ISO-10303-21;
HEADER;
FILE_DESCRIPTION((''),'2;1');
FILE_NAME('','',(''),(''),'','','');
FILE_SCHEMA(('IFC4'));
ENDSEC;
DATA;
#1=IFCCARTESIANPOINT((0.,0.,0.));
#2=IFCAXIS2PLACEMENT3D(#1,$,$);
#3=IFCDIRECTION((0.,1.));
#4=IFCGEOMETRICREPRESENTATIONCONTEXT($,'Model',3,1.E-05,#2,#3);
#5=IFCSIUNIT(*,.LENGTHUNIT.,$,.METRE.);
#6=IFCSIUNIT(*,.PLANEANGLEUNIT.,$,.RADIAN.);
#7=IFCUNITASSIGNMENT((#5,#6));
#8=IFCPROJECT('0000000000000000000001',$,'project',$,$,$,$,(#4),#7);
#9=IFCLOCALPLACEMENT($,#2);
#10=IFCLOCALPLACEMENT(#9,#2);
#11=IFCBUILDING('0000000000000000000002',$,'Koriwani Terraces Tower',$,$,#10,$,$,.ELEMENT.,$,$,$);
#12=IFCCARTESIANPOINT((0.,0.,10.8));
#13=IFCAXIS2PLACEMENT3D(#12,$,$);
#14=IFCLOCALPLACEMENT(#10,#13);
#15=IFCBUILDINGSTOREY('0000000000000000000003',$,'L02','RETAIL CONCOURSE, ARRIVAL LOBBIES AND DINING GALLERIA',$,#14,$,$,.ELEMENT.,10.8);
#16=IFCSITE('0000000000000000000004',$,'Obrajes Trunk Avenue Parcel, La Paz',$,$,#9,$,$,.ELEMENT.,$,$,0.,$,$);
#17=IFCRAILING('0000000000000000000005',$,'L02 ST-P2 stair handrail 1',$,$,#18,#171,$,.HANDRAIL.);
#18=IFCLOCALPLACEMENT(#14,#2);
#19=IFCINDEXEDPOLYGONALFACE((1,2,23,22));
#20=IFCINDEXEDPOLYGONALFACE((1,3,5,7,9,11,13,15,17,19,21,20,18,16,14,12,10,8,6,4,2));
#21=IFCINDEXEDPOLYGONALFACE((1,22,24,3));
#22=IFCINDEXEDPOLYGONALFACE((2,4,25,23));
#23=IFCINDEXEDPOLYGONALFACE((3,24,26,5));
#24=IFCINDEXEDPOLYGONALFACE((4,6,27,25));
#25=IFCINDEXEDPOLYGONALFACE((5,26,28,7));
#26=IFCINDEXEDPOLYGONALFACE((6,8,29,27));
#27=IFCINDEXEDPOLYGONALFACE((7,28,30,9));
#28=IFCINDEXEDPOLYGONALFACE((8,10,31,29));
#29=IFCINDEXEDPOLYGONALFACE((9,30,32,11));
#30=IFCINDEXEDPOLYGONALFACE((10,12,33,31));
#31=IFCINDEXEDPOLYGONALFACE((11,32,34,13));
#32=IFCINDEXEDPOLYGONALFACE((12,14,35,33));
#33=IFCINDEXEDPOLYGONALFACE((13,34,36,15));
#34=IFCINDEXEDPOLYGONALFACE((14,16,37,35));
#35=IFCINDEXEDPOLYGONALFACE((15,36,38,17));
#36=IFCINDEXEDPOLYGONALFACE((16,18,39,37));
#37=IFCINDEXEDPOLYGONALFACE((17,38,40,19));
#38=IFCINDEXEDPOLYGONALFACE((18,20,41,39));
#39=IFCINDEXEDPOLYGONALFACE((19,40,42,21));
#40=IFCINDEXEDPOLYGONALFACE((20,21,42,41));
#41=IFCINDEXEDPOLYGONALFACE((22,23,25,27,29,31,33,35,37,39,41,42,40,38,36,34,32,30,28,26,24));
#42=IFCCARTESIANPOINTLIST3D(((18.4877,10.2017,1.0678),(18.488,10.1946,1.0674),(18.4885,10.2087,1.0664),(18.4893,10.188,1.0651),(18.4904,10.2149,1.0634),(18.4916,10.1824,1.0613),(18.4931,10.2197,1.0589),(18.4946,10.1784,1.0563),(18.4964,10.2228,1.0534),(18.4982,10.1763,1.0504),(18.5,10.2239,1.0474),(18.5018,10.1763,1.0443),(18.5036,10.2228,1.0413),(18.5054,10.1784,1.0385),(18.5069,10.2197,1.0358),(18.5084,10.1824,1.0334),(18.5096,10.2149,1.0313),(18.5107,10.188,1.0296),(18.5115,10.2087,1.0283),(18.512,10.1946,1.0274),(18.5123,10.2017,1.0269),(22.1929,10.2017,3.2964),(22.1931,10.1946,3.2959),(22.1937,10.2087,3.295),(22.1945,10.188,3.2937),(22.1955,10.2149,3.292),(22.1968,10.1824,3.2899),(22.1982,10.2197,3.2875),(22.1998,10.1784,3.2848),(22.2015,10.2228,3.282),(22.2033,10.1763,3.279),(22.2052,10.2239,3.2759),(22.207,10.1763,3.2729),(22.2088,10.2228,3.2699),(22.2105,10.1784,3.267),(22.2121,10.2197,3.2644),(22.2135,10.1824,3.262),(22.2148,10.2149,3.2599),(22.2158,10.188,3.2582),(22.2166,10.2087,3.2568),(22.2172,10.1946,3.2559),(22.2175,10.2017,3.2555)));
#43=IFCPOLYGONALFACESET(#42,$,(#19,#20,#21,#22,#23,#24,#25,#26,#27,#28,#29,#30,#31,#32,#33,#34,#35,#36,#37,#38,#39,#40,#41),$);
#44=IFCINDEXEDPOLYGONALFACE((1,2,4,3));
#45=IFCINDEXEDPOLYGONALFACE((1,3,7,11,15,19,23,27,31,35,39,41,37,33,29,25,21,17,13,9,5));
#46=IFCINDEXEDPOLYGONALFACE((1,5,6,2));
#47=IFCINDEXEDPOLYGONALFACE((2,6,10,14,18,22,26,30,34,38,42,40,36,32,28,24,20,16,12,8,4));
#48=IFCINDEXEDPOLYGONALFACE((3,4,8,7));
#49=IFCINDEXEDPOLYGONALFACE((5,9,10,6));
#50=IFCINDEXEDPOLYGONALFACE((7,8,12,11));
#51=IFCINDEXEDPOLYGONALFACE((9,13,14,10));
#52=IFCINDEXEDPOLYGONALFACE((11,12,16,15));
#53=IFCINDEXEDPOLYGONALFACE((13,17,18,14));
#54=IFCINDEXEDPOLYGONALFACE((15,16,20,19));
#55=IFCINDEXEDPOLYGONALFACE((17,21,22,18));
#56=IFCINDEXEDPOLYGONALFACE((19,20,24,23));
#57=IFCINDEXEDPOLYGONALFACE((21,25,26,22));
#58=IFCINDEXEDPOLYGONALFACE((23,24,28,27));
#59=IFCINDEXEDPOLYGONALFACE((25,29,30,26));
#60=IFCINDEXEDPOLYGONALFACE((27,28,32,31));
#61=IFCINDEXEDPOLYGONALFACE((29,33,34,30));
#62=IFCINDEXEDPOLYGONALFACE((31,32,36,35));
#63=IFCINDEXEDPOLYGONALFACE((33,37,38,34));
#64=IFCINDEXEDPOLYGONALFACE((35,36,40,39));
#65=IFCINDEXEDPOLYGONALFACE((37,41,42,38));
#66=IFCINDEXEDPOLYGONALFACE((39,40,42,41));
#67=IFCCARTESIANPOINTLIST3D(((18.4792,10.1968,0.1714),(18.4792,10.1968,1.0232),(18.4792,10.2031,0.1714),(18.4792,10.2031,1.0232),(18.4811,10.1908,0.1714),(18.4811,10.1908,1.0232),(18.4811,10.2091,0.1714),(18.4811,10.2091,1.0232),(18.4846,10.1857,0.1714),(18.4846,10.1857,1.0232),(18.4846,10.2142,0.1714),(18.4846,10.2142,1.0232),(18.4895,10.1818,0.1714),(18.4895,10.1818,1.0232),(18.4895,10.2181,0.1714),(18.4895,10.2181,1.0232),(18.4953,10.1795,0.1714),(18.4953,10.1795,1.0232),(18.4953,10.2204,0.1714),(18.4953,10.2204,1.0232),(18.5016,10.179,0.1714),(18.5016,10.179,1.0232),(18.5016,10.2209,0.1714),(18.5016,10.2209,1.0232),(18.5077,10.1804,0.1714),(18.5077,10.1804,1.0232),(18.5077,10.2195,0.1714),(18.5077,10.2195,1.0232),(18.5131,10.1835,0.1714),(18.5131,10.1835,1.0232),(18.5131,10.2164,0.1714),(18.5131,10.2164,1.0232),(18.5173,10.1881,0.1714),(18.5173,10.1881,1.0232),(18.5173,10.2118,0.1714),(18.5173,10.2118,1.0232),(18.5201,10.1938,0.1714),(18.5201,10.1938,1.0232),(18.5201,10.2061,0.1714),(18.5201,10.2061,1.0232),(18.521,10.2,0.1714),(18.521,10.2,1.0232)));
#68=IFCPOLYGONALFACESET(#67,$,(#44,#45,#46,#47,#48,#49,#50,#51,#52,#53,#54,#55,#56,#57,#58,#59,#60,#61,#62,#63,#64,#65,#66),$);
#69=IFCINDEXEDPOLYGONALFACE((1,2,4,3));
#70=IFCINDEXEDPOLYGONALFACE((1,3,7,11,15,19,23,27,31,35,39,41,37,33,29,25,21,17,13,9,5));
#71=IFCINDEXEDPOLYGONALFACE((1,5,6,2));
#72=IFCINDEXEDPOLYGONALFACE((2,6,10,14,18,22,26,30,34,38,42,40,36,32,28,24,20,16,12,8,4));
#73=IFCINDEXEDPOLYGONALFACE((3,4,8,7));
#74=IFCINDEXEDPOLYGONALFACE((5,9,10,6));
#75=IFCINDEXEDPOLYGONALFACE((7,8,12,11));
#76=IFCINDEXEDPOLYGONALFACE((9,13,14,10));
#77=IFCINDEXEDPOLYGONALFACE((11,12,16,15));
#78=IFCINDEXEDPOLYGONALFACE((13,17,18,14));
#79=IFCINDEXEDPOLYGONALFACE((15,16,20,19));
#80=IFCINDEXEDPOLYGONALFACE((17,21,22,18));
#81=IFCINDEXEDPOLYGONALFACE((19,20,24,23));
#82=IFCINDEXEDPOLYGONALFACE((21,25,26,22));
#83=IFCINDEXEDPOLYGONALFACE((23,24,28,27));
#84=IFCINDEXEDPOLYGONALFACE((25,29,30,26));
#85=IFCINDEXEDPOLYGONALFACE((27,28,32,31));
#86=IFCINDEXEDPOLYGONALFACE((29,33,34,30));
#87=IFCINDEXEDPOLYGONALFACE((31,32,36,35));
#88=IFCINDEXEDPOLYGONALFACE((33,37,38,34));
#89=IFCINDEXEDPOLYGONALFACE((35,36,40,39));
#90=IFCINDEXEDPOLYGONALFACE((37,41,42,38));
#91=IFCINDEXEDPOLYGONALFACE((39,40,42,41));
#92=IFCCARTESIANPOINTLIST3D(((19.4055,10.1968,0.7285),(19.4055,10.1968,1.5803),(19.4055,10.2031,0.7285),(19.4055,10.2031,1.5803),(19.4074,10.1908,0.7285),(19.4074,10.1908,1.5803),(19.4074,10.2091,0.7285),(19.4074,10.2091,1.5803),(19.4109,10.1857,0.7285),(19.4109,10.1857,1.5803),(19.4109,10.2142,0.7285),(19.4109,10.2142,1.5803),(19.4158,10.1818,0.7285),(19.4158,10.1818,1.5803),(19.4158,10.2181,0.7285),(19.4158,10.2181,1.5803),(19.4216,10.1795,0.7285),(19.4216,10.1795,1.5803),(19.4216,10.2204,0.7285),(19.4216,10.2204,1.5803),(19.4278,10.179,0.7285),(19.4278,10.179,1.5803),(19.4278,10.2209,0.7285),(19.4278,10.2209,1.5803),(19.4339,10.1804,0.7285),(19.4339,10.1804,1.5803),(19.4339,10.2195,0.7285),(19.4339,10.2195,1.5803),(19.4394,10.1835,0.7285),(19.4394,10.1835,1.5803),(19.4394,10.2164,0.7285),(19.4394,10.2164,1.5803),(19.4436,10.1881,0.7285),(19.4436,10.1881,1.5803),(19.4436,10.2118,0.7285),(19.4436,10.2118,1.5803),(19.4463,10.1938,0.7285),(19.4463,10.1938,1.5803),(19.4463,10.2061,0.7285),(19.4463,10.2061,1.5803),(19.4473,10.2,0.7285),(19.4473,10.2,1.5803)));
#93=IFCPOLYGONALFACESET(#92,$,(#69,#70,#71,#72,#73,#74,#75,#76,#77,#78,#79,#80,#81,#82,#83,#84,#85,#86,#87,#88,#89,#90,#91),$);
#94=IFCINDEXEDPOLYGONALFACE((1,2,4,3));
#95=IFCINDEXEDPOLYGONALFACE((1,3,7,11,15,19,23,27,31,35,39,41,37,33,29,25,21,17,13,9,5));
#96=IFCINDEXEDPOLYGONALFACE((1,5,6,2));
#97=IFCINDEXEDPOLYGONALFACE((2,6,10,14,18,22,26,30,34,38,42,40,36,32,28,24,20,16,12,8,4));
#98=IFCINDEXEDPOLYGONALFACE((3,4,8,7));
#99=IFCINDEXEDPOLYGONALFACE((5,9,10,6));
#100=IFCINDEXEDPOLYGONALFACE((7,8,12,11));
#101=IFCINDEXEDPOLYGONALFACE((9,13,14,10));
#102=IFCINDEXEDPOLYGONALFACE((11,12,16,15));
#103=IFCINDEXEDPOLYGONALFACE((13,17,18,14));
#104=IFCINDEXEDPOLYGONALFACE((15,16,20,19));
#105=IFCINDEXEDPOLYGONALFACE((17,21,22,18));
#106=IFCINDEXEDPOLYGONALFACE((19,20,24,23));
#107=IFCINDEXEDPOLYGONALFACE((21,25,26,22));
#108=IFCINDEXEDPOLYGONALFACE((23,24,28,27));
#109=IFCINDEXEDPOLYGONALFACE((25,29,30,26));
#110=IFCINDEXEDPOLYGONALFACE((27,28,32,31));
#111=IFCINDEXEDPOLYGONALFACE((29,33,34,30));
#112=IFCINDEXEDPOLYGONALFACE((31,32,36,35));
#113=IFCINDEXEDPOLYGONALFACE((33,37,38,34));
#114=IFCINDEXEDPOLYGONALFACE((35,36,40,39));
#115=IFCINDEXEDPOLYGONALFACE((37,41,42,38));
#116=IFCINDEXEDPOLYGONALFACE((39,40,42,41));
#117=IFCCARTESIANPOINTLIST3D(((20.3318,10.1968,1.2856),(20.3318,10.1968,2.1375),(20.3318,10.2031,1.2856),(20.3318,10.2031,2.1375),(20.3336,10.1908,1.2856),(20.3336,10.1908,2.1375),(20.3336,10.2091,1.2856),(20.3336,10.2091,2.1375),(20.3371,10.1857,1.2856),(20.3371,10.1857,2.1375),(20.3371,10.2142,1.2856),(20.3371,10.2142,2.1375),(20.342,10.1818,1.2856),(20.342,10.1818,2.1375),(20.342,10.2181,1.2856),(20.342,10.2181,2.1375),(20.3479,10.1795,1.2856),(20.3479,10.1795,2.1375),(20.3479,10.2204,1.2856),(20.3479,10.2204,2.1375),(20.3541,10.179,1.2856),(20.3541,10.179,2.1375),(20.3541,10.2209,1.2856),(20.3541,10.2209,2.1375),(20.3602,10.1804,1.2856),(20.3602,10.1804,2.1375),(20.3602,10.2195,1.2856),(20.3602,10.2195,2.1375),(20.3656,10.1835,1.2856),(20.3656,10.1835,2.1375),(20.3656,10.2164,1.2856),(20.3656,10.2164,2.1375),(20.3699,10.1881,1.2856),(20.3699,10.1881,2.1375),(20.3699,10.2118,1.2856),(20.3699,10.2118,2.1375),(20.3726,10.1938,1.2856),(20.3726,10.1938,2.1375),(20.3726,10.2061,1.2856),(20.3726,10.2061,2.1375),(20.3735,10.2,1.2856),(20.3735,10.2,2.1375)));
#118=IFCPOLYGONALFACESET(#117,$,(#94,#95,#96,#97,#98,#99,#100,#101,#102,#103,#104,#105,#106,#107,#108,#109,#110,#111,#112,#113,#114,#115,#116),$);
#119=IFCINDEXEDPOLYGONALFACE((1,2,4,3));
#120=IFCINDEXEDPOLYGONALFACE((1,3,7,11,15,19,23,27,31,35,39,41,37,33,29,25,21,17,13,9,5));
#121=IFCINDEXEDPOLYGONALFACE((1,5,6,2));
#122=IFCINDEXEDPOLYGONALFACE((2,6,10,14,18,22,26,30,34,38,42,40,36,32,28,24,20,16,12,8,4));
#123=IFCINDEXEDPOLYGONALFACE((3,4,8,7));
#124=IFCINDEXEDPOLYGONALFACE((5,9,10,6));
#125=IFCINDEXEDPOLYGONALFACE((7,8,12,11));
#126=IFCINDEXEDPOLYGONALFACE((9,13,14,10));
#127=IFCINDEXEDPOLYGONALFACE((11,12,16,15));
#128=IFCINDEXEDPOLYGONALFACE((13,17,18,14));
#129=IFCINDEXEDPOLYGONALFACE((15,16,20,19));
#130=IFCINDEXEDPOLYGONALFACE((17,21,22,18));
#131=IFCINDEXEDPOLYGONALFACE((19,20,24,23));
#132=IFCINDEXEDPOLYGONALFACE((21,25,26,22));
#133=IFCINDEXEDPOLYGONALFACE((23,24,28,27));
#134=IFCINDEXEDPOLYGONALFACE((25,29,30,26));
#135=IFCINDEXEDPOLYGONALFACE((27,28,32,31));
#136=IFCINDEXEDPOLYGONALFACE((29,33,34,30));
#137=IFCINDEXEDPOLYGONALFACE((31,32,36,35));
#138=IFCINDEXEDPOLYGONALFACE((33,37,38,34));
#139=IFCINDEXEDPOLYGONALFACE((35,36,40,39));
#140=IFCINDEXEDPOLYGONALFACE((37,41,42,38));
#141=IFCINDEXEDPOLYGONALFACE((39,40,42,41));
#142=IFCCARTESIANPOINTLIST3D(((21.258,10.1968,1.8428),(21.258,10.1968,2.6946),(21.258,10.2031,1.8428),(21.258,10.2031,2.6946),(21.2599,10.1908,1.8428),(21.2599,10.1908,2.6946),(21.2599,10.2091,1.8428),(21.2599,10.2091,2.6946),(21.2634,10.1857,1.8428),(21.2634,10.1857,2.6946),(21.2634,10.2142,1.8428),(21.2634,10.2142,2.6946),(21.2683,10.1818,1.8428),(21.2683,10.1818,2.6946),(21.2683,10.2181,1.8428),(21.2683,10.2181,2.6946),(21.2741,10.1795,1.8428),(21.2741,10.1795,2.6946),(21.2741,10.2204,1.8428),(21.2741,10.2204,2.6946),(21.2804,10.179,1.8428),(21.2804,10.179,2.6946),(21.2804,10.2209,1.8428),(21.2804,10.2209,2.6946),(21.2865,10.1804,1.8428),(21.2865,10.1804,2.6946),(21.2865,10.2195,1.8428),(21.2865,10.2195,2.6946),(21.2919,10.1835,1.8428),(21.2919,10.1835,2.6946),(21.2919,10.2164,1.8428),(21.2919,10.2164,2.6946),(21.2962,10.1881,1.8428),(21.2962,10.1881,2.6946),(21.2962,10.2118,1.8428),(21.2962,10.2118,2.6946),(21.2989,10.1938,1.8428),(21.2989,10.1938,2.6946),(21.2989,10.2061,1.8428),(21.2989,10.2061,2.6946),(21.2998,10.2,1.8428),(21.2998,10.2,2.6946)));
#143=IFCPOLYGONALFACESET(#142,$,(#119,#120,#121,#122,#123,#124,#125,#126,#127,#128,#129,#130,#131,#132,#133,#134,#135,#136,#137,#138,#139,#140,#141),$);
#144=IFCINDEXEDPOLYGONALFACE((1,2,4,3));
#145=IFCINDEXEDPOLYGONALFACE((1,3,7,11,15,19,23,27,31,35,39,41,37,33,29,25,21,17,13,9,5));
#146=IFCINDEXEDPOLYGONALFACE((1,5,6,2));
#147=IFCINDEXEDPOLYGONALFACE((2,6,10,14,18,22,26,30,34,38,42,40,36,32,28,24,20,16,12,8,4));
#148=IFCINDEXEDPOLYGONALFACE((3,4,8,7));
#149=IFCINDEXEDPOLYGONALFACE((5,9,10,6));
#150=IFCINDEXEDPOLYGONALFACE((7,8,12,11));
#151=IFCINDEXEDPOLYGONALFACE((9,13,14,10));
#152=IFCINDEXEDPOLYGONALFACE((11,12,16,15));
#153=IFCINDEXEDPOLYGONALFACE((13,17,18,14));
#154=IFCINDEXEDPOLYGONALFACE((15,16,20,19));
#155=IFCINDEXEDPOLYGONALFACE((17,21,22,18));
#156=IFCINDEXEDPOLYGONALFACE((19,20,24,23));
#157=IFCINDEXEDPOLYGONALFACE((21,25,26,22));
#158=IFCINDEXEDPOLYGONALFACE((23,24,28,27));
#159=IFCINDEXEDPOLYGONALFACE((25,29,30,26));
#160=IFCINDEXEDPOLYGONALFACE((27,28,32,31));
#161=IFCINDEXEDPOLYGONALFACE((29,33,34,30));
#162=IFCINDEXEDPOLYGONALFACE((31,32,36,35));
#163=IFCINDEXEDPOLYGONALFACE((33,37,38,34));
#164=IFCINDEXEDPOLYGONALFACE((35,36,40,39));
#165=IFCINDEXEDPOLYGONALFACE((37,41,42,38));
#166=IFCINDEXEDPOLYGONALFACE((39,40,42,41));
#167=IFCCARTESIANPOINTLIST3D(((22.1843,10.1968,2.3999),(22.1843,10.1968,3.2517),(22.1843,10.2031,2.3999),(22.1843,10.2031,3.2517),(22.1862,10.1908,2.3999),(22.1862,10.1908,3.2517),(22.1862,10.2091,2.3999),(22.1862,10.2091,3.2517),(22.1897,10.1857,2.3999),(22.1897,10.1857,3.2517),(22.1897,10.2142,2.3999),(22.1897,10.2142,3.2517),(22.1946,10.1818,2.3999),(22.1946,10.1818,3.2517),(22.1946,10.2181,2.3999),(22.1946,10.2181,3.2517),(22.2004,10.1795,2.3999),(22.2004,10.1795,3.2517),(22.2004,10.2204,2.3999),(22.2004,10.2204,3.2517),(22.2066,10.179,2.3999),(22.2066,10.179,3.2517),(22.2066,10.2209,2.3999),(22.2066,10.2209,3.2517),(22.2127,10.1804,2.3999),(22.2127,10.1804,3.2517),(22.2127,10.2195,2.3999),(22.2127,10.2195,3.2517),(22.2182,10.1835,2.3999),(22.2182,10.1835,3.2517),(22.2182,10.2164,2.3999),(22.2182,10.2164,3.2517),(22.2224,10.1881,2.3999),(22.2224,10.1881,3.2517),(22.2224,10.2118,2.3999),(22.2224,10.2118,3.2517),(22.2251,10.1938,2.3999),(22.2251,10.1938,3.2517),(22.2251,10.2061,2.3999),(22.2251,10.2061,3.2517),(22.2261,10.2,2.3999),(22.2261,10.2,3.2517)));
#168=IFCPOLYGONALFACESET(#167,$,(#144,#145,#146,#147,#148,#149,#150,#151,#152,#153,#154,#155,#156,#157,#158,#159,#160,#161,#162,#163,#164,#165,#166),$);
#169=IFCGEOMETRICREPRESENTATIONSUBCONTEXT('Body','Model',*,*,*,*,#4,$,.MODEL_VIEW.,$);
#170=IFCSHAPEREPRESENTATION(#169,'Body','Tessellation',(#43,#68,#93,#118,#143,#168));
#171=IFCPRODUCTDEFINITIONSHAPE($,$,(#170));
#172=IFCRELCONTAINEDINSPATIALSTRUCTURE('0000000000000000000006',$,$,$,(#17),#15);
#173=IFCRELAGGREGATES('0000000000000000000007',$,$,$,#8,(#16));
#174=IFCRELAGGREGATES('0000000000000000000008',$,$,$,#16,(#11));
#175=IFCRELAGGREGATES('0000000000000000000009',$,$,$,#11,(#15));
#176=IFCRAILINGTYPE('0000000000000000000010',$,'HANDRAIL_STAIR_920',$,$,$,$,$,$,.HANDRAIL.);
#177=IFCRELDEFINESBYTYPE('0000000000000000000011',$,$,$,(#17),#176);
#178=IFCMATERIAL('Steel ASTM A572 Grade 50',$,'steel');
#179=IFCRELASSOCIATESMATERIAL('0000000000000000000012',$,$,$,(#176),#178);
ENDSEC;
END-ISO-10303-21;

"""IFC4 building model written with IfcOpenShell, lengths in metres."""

from ifc_helpers import new_model, si_unit, direction, frame, origin, origin_2d, place, context, subcontext, project, spatial, circle, extrude, material, type_object, element, save


model = new_model("IFC4")

# Units and contexts
model_context = context("Model", 3, precision=1e-05, world=origin(), true_north=direction((0.0, 1.0)))
body_context = subcontext(model_context, "Body", "Model", "MODEL_VIEW")
ifc_project = project(units=[si_unit("LENGTHUNIT", "METRE"), si_unit("PLANEANGLEUNIT", "RADIAN")], contexts=[model_context])

# Site, building, storey
site_placement = place(None, origin())
site = spatial("IfcSite", under=ifc_project, at=site_placement, Name="Obrajes Trunk Avenue Parcel, La Paz", CompositionType="ELEMENT", RefElevation=0.0)
building_placement = place(site_placement, origin())
building = spatial("IfcBuilding", under=site, at=building_placement, Name="Koriwani Terraces Tower", CompositionType="ELEMENT")
storey_placement = place(building_placement, frame((0.0, 0.0, 10.8)))
storey = spatial("IfcBuildingStorey", under=building, at=storey_placement, Name="L02", Description="RETAIL CONCOURSE, ARRIVAL LOBBIES AND DINING GALLERIA", CompositionType="ELEMENT", Elevation=10.8)

# Shared definitions
ifc_material_1 = material(Name="Steel ASTM A572 Grade 50", Category="steel")

# Railing
railing_type_1 = type_object("IfcRailingType", Name="HANDRAIL_STAIR_920", PredefinedType="HANDRAIL", material=ifc_material_1)
railing_1_placement = place(storey_placement, frame((18.5, 10.2, 0.1714)))
element("IfcRailing", 1, at=railing_1_placement, inside=storey, type_object=railing_type_1, Name="L02 ST-P2 stair handrail 1", PredefinedType="HANDRAIL", context=body_context, shape_type="SweptSolid", body=[
    extrude(circle(Radius=0.0239, at=origin_2d()), frame((0.0, 0.0, 0.876), z_axis=(0.856934, 0.0, 0.515425), x_axis=(0.0, 1.0, 0.0)), (0.0, 0.0, 1.0), 4.3237),
    extrude(circle(Radius=0.021, at=origin_2d()), origin(), (0.0, 0.0, 1.0), 0.8518),
    extrude(circle(Radius=0.021, at=origin_2d()), frame((0.9263, 0.0, 0.5571)), (0.0, 0.0, 1.0), 0.8518),
    extrude(circle(Radius=0.021, at=origin_2d()), frame((1.8525, 0.0, 1.1143)), (0.0, 0.0, 1.0), 0.8518),
    extrude(circle(Radius=0.021, at=origin_2d()), frame((2.7788, 0.0, 1.6714)), (0.0, 0.0, 1.0), 0.8518),
    extrude(circle(Radius=0.021, at=origin_2d()), frame((3.7051, 0.0, 2.2285)), (0.0, 0.0, 1.0), 0.8518),
])

save(model, "model.ifc")
